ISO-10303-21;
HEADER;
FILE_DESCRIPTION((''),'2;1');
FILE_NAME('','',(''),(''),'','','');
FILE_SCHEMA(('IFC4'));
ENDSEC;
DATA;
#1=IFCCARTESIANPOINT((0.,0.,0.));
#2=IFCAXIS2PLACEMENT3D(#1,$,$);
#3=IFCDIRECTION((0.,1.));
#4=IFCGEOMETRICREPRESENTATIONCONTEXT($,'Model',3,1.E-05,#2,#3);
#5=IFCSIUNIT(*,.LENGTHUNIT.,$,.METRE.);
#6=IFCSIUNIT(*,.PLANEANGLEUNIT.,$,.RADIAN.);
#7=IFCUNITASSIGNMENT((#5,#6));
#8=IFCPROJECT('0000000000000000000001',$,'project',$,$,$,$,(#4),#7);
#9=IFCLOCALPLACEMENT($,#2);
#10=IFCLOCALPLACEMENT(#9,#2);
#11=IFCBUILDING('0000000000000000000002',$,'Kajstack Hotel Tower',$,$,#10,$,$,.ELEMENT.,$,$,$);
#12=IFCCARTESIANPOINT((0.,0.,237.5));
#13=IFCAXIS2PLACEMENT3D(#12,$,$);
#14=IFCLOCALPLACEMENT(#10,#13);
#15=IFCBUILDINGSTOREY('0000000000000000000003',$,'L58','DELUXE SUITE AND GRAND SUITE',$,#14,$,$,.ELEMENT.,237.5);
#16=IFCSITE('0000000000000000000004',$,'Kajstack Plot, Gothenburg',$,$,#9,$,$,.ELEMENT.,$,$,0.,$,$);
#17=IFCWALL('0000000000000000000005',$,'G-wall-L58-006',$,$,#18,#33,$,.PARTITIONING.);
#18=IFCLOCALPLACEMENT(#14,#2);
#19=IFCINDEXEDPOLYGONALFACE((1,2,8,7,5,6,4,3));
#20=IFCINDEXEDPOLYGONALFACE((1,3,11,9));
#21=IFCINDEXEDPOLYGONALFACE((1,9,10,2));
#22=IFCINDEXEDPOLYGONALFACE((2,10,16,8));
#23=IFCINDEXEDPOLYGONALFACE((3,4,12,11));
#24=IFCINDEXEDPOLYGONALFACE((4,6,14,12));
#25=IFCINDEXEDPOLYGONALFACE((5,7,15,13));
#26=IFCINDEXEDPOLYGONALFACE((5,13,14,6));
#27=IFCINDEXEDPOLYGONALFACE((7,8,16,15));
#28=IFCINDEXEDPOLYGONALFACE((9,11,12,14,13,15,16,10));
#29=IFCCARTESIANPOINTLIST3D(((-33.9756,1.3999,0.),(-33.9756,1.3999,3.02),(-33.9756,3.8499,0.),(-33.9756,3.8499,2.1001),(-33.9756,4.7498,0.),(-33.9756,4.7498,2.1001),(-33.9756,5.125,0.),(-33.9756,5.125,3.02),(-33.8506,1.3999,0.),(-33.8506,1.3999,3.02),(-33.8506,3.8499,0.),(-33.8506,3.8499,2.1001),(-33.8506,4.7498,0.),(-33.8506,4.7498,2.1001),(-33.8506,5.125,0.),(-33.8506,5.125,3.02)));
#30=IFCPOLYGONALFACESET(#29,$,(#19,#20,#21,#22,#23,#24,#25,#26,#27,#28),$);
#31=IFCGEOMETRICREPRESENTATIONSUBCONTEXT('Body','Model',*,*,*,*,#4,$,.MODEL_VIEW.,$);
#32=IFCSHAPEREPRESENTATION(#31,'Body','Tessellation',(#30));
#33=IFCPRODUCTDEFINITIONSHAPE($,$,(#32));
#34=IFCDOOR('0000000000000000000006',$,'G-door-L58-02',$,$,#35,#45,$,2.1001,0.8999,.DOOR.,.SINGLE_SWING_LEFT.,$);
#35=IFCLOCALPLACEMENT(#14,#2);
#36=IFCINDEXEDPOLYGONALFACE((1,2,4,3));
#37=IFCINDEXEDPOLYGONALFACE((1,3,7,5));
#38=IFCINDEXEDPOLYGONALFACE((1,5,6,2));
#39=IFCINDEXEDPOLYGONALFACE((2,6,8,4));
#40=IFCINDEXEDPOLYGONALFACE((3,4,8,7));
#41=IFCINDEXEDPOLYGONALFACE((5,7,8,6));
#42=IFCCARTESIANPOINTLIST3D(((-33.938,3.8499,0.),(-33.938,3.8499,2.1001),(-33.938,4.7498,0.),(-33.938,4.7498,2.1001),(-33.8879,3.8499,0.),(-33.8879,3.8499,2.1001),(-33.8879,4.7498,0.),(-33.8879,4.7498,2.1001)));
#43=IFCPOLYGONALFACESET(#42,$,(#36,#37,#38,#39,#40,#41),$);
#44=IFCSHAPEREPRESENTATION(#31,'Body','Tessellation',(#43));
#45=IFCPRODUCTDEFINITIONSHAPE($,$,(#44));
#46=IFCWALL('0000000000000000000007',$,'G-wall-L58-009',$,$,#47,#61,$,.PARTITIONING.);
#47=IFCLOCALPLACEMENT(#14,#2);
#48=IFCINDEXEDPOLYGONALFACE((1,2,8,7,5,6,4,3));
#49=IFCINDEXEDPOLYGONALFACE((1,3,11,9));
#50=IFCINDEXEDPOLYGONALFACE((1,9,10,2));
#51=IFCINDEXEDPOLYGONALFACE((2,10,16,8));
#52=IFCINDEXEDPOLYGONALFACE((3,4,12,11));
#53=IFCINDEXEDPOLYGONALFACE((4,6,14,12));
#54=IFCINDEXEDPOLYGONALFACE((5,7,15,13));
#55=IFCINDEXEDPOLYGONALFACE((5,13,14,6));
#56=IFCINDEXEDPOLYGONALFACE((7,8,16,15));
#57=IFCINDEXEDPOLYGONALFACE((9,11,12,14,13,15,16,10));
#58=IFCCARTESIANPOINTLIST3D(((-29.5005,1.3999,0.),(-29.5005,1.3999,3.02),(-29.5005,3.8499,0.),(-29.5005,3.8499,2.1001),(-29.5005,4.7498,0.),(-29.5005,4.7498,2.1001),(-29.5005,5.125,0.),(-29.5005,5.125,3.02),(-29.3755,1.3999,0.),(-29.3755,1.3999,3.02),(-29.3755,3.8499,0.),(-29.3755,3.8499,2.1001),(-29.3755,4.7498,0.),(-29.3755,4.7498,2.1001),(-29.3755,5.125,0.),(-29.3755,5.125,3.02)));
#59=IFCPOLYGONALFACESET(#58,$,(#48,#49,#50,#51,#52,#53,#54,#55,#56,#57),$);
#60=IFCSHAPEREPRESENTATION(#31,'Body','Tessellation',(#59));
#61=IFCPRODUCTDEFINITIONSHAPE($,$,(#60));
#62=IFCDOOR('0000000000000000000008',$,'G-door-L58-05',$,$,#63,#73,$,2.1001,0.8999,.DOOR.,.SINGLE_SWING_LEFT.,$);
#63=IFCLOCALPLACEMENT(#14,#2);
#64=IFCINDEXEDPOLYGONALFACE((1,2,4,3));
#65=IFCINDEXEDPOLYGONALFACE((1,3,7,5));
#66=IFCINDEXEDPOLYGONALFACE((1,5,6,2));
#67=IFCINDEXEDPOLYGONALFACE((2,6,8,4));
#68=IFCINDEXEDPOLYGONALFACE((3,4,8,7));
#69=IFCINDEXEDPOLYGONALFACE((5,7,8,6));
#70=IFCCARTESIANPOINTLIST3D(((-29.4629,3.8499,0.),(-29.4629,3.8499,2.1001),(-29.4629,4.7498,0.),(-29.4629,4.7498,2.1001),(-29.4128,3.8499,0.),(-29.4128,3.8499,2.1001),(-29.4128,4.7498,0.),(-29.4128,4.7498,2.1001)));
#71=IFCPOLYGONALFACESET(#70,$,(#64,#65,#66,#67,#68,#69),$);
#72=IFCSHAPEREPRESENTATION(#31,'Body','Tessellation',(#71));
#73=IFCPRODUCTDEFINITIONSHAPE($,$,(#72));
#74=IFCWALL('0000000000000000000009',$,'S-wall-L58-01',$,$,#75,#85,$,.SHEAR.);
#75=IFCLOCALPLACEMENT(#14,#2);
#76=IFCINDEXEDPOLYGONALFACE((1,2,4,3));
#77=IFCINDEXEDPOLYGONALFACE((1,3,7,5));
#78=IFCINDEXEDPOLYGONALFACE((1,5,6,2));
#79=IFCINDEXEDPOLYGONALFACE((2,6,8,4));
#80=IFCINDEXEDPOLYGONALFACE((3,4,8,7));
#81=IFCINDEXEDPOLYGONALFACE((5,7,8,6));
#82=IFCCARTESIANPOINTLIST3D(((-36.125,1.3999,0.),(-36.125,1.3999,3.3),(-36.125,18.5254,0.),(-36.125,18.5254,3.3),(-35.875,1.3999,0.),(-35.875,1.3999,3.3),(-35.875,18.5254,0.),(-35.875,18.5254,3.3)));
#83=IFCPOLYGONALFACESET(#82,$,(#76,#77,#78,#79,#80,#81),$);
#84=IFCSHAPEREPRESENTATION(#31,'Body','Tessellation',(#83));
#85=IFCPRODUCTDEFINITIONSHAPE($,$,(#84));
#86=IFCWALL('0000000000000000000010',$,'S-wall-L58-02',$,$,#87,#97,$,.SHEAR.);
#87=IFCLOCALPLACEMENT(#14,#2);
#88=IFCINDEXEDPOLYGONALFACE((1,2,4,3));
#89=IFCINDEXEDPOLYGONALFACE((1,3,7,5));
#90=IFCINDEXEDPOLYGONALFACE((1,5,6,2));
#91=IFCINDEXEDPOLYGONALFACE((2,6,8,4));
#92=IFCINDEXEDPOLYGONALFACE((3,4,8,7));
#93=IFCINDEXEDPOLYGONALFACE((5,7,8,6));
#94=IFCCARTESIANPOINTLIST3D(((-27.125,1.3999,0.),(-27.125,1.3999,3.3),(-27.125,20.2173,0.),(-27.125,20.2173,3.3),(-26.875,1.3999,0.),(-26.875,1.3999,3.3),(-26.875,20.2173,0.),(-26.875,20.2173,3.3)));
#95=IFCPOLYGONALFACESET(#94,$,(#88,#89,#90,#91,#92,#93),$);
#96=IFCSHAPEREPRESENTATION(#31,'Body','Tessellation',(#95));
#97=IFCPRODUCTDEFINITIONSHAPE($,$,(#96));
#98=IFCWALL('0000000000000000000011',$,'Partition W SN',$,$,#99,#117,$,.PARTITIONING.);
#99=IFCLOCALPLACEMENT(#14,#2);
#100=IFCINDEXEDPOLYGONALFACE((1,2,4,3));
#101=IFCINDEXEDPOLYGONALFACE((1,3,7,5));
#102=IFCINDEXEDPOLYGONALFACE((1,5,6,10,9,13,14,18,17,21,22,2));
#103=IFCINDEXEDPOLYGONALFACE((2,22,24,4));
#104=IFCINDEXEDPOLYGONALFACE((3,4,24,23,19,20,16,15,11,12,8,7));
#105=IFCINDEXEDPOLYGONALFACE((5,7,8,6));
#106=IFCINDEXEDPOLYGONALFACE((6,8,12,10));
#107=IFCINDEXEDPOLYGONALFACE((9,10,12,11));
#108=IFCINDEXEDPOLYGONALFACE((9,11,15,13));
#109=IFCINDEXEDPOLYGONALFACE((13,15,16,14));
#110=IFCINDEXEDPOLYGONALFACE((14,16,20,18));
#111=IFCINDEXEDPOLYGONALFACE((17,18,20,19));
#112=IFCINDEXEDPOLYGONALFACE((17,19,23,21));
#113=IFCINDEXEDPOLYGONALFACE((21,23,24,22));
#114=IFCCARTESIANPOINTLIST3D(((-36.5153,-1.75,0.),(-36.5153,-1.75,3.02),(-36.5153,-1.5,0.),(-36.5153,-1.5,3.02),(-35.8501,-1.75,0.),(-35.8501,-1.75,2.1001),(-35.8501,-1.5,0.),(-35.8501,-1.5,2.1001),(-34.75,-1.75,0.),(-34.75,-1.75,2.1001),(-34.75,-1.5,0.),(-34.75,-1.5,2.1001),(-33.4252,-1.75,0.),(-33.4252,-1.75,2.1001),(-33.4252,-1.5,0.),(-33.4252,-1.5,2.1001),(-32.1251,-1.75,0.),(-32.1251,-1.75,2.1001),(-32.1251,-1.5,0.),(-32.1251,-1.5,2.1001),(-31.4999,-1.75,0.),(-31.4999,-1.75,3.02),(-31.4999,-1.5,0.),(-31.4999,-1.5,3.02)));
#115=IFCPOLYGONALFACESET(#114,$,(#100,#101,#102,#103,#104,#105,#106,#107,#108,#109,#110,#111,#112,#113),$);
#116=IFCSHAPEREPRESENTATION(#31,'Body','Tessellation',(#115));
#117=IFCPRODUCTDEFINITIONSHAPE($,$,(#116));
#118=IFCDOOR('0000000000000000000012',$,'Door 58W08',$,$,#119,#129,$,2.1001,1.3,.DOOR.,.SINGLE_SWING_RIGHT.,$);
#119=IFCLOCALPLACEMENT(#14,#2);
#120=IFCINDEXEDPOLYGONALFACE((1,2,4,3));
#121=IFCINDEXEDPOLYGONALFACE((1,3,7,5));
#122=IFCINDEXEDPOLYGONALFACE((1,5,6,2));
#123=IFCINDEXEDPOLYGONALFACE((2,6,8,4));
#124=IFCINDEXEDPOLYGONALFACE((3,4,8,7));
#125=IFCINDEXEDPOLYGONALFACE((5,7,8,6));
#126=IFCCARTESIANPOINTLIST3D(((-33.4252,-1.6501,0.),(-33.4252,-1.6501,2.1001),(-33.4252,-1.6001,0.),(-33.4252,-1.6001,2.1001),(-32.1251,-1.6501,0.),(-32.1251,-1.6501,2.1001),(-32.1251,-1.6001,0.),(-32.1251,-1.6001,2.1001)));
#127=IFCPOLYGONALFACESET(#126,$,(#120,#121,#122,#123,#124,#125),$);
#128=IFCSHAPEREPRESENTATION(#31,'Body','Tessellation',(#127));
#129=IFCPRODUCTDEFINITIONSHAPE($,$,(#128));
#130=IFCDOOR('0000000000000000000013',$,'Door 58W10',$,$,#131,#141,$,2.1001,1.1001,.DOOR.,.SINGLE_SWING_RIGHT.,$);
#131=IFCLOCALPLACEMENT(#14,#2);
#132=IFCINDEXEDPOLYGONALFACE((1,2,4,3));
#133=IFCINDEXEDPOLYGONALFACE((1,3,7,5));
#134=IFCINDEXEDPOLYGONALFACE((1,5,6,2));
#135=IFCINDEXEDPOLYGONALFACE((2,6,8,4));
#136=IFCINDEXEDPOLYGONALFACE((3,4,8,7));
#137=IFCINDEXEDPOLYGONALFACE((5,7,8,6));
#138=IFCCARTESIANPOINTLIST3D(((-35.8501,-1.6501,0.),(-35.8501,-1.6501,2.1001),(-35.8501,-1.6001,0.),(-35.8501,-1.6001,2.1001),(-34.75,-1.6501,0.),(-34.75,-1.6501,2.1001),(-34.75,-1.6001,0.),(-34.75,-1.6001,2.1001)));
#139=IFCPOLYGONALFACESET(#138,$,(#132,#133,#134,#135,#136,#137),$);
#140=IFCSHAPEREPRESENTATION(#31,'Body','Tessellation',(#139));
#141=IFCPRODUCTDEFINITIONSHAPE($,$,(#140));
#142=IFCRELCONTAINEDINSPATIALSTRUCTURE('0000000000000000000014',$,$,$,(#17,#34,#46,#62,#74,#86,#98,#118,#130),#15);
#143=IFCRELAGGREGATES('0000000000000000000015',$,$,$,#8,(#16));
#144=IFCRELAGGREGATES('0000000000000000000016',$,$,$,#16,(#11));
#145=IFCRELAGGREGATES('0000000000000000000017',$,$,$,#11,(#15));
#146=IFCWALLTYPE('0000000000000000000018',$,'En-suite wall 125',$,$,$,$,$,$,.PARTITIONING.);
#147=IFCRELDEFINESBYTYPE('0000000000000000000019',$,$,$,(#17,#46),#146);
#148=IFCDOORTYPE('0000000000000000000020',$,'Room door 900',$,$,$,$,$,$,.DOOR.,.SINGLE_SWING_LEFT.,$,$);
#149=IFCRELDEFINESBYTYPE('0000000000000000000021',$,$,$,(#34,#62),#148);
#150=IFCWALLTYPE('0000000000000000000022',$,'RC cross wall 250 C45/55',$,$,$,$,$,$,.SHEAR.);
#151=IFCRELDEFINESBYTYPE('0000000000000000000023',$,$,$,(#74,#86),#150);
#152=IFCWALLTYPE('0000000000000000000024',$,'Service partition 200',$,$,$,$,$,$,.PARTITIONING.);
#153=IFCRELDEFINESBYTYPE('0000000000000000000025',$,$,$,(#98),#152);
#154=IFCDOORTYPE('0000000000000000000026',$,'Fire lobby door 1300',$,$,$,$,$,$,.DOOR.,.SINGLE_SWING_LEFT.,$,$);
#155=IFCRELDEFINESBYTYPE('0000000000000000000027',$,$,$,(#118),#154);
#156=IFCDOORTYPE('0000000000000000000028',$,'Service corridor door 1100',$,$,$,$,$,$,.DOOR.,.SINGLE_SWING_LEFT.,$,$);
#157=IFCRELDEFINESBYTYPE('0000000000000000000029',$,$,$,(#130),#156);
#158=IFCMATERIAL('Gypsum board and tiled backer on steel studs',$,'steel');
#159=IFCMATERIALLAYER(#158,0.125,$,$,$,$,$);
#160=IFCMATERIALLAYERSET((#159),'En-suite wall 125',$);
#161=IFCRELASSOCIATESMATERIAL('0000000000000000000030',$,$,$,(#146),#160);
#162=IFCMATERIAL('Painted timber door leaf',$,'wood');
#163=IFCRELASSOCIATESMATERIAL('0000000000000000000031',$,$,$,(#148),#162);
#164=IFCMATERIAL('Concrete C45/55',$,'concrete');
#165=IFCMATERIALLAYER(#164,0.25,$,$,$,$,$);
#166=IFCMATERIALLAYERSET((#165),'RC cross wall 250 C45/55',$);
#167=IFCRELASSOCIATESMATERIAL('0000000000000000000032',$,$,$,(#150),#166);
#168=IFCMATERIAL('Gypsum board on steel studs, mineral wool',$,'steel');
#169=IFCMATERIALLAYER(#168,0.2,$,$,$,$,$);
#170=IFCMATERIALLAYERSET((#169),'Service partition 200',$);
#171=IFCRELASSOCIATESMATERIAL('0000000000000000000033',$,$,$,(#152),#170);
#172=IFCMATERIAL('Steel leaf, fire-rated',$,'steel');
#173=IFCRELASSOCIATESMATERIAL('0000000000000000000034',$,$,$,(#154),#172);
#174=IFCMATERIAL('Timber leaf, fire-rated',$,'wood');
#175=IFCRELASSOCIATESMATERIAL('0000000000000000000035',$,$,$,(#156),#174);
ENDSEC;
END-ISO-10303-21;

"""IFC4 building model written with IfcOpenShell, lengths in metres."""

from ifc_helpers import new_model, si_unit, direction, frame, frame_2d, origin, place, context, subcontext, project, spatial, rectangle, extrude, material, layer, layer_set, type_object, element, fill, save


model = new_model("IFC4")

# Units and contexts
model_context = context("Model", 3, precision=1e-05, world=origin(), true_north=direction((0.0, 1.0)))
body_context = subcontext(model_context, "Body", "Model", "MODEL_VIEW")
ifc_project = project(units=[si_unit("LENGTHUNIT", "METRE"), si_unit("PLANEANGLEUNIT", "RADIAN")], contexts=[model_context])

# Site, building, storey
site_placement = place(None, origin())
site = spatial("IfcSite", under=ifc_project, at=site_placement, Name="Kajstack Plot, Gothenburg", CompositionType="ELEMENT", RefElevation=0.0)
building_placement = place(site_placement, origin())
building = spatial("IfcBuilding", under=site, at=building_placement, Name="Kajstack Hotel Tower", CompositionType="ELEMENT")
storey_placement = place(building_placement, frame((0.0, 0.0, 237.5)))
storey = spatial("IfcBuildingStorey", under=building, at=storey_placement, Name="L58", Description="DELUXE SUITE AND GRAND SUITE", CompositionType="ELEMENT", Elevation=237.5)

# Shared definitions
ifc_material_1 = material(Name="Gypsum board on steel studs, mineral wool", Category="steel")

# Walls, openings, doors
ifc_material_2 = material(Name="Gypsum board and tiled backer on steel studs", Category="steel")
ifc_layer_1 = layer(ifc_material_2, 0.125)
ifc_layer_set_1 = layer_set([ifc_layer_1], Name="En-suite wall 125")
wall_type_1 = type_object("IfcWallType", Name="En-suite wall 125", PredefinedType="PARTITIONING", material=ifc_layer_set_1)
wall_1_placement = place(storey_placement, frame((-33.9131, 1.3999, 0.0), z_axis=(0.0, 0.0, 1.0), x_axis=(0.0, 1.0, 0.0)))
wall_1 = element("IfcWall", 1, at=wall_1_placement, inside=storey, type_object=wall_type_1, Name="G-wall-L58-006", PredefinedType="PARTITIONING", context=body_context, shape_type="SweptSolid", body=[
    extrude(rectangle(XDim=3.7251, YDim=0.125, at=frame_2d((1.8625, 0.0))), origin(), (0.0, 0.0, 1.0), 3.02),
])
opening_1_placement = place(wall_1_placement, frame((2.45, 0.0, 0.0)))
opening_1 = element("IfcOpeningElement", 2, at=opening_1_placement, cuts=wall_1, PredefinedType="OPENING", context=body_context, shape_type="SweptSolid", body=[
    extrude(rectangle(XDim=0.8999, YDim=2.1001, at=frame_2d((0.45, 1.05))), frame((0.0, 0.0725, 0.0), z_axis=(0.0, -1.0, 0.0), x_axis=(1.0, 0.0, 0.0)), (0.0, 0.0, 1.0), 0.145),
])
ifc_material_3 = material(Name="Painted timber door leaf", Category="wood")
door_type_1 = type_object("IfcDoorType", Name="Room door 900", OperationType="SINGLE_SWING_LEFT", PredefinedType="DOOR", material=ifc_material_3)
door_1_placement = place(opening_1_placement, origin())
door_1 = element("IfcDoor", 3, at=door_1_placement, inside=storey, type_object=door_type_1, Name="G-door-L58-02", OperationType="SINGLE_SWING_LEFT", OverallHeight=2.1001, OverallWidth=0.8999, PredefinedType="DOOR", context=body_context, shape_type="SweptSolid", body=[
    extrude(rectangle(XDim=0.8999, YDim=2.1001, at=frame_2d((0.45, 1.05))), frame((0.0, 0.0249, 0.0), z_axis=(0.0, -1.0, 0.0), x_axis=(1.0, 0.0, 0.0)), (0.0, 0.0, 1.0), 0.05),
])
fill(opening_1, door_1)
wall_2_placement = place(storey_placement, frame((-29.438, 1.3999, 0.0), z_axis=(0.0, 0.0, 1.0), x_axis=(0.0, 1.0, 0.0)))
wall_2 = element("IfcWall", 4, at=wall_2_placement, inside=storey, type_object=wall_type_1, Name="G-wall-L58-009", PredefinedType="PARTITIONING", context=body_context, shape_type="SweptSolid", body=[
    extrude(rectangle(XDim=3.7251, YDim=0.125, at=frame_2d((1.8625, 0.0))), origin(), (0.0, 0.0, 1.0), 3.02),
])
opening_2_placement = place(wall_2_placement, frame((2.45, 0.0, 0.0)))
opening_2 = element("IfcOpeningElement", 5, at=opening_2_placement, cuts=wall_2, PredefinedType="OPENING", context=body_context, shape_type="SweptSolid", body=[
    extrude(rectangle(XDim=0.8999, YDim=2.1001, at=frame_2d((0.45, 1.05))), frame((0.0, 0.0725, 0.0), z_axis=(0.0, -1.0, 0.0), x_axis=(1.0, 0.0, 0.0)), (0.0, 0.0, 1.0), 0.145),
])
door_2_placement = place(opening_2_placement, origin())
door_2 = element("IfcDoor", 6, at=door_2_placement, inside=storey, type_object=door_type_1, Name="G-door-L58-05", OperationType="SINGLE_SWING_LEFT", OverallHeight=2.1001, OverallWidth=0.8999, PredefinedType="DOOR", context=body_context, shape_type="SweptSolid", body=[
    extrude(rectangle(XDim=0.8999, YDim=2.1001, at=frame_2d((0.45, 1.05))), frame((0.0, 0.0249, 0.0), z_axis=(0.0, -1.0, 0.0), x_axis=(1.0, 0.0, 0.0)), (0.0, 0.0, 1.0), 0.05),
])
fill(opening_2, door_2)

# Walls
ifc_material_4 = material(Name="Concrete C45/55", Category="concrete")
ifc_layer_2 = layer(ifc_material_4, 0.25)
ifc_layer_set_2 = layer_set([ifc_layer_2], Name="RC cross wall 250 C45/55")
wall_type_2 = type_object("IfcWallType", Name="RC cross wall 250 C45/55", PredefinedType="SHEAR", material=ifc_layer_set_2)
wall_3_placement = place(storey_placement, frame((-36.0, 1.3999, 0.0), z_axis=(0.0, 0.0, 1.0), x_axis=(0.0, 1.0, 0.0)))
element("IfcWall", 7, at=wall_3_placement, inside=storey, type_object=wall_type_2, Name="S-wall-L58-01", PredefinedType="SHEAR", context=body_context, shape_type="SweptSolid", body=[
    extrude(rectangle(XDim=17.1255, YDim=0.25, at=frame_2d((8.5627, 0.0))), origin(), (0.0, 0.0, 1.0), 3.3),
])
wall_4_placement = place(storey_placement, frame((-27.0, 1.3999, 0.0), z_axis=(0.0, 0.0, 1.0), x_axis=(0.0, 1.0, 0.0)))
element("IfcWall", 8, at=wall_4_placement, inside=storey, type_object=wall_type_2, Name="S-wall-L58-02", PredefinedType="SHEAR", context=body_context, shape_type="SweptSolid", body=[
    extrude(rectangle(XDim=18.8174, YDim=0.25, at=frame_2d((9.4087, 0.0))), origin(), (0.0, 0.0, 1.0), 3.3),
])

# Wall, openings, doors
ifc_layer_3 = layer(ifc_material_1, 0.2)
ifc_layer_set_3 = layer_set([ifc_layer_3], Name="Service partition 200")
wall_type_3 = type_object("IfcWallType", Name="Service partition 200", PredefinedType="PARTITIONING", material=ifc_layer_set_3)
wall_5_placement = place(storey_placement, frame((-36.5154, -1.625, 0.0), z_axis=(0.0, 0.0, 1.0), x_axis=(1.0, 0.0, 0.0)))
wall_5 = element("IfcWall", 9, at=wall_5_placement, inside=storey, type_object=wall_type_3, Name="Partition W SN", PredefinedType="PARTITIONING", context=body_context, shape_type="SweptSolid", body=[
    extrude(rectangle(XDim=5.0154, YDim=0.25, at=frame_2d((2.5078, 0.0))), origin(), (0.0, 0.0, 1.0), 3.02),
])
opening_3_placement = place(wall_5_placement, frame((3.0903, 0.0, 0.0)))
opening_3 = element("IfcOpeningElement", 10, at=opening_3_placement, cuts=wall_5, PredefinedType="OPENING", context=body_context, shape_type="SweptSolid", body=[
    extrude(rectangle(XDim=1.3, YDim=2.1001, at=frame_2d((0.6499, 1.05))), frame((0.0, 0.135, 0.0), z_axis=(0.0, -1.0, 0.0), x_axis=(1.0, 0.0, 0.0)), (0.0, 0.0, 1.0), 0.27),
])
opening_4_placement = place(wall_5_placement, frame((0.6653, 0.0, 0.0)))
opening_4 = element("IfcOpeningElement", 11, at=opening_4_placement, cuts=wall_5, PredefinedType="OPENING", context=body_context, shape_type="SweptSolid", body=[
    extrude(rectangle(XDim=1.1001, YDim=2.1001, at=frame_2d((0.55, 1.05))), frame((0.0, 0.135, 0.0), z_axis=(0.0, -1.0, 0.0), x_axis=(1.0, 0.0, 0.0)), (0.0, 0.0, 1.0), 0.27),
])
ifc_material_5 = material(Name="Steel leaf, fire-rated", Category="steel")
door_type_2 = type_object("IfcDoorType", Name="Fire lobby door 1300", OperationType="SINGLE_SWING_LEFT", PredefinedType="DOOR", material=ifc_material_5)
door_3_placement = place(opening_3_placement, origin())
door_3 = element("IfcDoor", 12, at=door_3_placement, inside=storey, type_object=door_type_2, Name="Door 58W08", OperationType="SINGLE_SWING_RIGHT", OverallHeight=2.1001, OverallWidth=1.3, PredefinedType="DOOR", context=body_context, shape_type="SweptSolid", body=[
    extrude(rectangle(XDim=1.3, YDim=2.1001, at=frame_2d((0.6499, 1.05))), frame((0.0, 0.0249, 0.0), z_axis=(0.0, -1.0, 0.0), x_axis=(1.0, 0.0, 0.0)), (0.0, 0.0, 1.0), 0.05),
])
fill(opening_3, door_3)
ifc_material_6 = material(Name="Timber leaf, fire-rated", Category="wood")
door_type_3 = type_object("IfcDoorType", Name="Service corridor door 1100", OperationType="SINGLE_SWING_LEFT", PredefinedType="DOOR", material=ifc_material_6)
door_4_placement = place(opening_4_placement, origin())
door_4 = element("IfcDoor", 13, at=door_4_placement, inside=storey, type_object=door_type_3, Name="Door 58W10", OperationType="SINGLE_SWING_RIGHT", OverallHeight=2.1001, OverallWidth=1.1001, PredefinedType="DOOR", context=body_context, shape_type="SweptSolid", body=[
    extrude(rectangle(XDim=1.1001, YDim=2.1001, at=frame_2d((0.55, 1.05))), frame((0.0, 0.0249, 0.0), z_axis=(0.0, -1.0, 0.0), x_axis=(1.0, 0.0, 0.0)), (0.0, 0.0, 1.0), 0.05),
])
fill(opening_4, door_4)

save(model, "model.ifc")
